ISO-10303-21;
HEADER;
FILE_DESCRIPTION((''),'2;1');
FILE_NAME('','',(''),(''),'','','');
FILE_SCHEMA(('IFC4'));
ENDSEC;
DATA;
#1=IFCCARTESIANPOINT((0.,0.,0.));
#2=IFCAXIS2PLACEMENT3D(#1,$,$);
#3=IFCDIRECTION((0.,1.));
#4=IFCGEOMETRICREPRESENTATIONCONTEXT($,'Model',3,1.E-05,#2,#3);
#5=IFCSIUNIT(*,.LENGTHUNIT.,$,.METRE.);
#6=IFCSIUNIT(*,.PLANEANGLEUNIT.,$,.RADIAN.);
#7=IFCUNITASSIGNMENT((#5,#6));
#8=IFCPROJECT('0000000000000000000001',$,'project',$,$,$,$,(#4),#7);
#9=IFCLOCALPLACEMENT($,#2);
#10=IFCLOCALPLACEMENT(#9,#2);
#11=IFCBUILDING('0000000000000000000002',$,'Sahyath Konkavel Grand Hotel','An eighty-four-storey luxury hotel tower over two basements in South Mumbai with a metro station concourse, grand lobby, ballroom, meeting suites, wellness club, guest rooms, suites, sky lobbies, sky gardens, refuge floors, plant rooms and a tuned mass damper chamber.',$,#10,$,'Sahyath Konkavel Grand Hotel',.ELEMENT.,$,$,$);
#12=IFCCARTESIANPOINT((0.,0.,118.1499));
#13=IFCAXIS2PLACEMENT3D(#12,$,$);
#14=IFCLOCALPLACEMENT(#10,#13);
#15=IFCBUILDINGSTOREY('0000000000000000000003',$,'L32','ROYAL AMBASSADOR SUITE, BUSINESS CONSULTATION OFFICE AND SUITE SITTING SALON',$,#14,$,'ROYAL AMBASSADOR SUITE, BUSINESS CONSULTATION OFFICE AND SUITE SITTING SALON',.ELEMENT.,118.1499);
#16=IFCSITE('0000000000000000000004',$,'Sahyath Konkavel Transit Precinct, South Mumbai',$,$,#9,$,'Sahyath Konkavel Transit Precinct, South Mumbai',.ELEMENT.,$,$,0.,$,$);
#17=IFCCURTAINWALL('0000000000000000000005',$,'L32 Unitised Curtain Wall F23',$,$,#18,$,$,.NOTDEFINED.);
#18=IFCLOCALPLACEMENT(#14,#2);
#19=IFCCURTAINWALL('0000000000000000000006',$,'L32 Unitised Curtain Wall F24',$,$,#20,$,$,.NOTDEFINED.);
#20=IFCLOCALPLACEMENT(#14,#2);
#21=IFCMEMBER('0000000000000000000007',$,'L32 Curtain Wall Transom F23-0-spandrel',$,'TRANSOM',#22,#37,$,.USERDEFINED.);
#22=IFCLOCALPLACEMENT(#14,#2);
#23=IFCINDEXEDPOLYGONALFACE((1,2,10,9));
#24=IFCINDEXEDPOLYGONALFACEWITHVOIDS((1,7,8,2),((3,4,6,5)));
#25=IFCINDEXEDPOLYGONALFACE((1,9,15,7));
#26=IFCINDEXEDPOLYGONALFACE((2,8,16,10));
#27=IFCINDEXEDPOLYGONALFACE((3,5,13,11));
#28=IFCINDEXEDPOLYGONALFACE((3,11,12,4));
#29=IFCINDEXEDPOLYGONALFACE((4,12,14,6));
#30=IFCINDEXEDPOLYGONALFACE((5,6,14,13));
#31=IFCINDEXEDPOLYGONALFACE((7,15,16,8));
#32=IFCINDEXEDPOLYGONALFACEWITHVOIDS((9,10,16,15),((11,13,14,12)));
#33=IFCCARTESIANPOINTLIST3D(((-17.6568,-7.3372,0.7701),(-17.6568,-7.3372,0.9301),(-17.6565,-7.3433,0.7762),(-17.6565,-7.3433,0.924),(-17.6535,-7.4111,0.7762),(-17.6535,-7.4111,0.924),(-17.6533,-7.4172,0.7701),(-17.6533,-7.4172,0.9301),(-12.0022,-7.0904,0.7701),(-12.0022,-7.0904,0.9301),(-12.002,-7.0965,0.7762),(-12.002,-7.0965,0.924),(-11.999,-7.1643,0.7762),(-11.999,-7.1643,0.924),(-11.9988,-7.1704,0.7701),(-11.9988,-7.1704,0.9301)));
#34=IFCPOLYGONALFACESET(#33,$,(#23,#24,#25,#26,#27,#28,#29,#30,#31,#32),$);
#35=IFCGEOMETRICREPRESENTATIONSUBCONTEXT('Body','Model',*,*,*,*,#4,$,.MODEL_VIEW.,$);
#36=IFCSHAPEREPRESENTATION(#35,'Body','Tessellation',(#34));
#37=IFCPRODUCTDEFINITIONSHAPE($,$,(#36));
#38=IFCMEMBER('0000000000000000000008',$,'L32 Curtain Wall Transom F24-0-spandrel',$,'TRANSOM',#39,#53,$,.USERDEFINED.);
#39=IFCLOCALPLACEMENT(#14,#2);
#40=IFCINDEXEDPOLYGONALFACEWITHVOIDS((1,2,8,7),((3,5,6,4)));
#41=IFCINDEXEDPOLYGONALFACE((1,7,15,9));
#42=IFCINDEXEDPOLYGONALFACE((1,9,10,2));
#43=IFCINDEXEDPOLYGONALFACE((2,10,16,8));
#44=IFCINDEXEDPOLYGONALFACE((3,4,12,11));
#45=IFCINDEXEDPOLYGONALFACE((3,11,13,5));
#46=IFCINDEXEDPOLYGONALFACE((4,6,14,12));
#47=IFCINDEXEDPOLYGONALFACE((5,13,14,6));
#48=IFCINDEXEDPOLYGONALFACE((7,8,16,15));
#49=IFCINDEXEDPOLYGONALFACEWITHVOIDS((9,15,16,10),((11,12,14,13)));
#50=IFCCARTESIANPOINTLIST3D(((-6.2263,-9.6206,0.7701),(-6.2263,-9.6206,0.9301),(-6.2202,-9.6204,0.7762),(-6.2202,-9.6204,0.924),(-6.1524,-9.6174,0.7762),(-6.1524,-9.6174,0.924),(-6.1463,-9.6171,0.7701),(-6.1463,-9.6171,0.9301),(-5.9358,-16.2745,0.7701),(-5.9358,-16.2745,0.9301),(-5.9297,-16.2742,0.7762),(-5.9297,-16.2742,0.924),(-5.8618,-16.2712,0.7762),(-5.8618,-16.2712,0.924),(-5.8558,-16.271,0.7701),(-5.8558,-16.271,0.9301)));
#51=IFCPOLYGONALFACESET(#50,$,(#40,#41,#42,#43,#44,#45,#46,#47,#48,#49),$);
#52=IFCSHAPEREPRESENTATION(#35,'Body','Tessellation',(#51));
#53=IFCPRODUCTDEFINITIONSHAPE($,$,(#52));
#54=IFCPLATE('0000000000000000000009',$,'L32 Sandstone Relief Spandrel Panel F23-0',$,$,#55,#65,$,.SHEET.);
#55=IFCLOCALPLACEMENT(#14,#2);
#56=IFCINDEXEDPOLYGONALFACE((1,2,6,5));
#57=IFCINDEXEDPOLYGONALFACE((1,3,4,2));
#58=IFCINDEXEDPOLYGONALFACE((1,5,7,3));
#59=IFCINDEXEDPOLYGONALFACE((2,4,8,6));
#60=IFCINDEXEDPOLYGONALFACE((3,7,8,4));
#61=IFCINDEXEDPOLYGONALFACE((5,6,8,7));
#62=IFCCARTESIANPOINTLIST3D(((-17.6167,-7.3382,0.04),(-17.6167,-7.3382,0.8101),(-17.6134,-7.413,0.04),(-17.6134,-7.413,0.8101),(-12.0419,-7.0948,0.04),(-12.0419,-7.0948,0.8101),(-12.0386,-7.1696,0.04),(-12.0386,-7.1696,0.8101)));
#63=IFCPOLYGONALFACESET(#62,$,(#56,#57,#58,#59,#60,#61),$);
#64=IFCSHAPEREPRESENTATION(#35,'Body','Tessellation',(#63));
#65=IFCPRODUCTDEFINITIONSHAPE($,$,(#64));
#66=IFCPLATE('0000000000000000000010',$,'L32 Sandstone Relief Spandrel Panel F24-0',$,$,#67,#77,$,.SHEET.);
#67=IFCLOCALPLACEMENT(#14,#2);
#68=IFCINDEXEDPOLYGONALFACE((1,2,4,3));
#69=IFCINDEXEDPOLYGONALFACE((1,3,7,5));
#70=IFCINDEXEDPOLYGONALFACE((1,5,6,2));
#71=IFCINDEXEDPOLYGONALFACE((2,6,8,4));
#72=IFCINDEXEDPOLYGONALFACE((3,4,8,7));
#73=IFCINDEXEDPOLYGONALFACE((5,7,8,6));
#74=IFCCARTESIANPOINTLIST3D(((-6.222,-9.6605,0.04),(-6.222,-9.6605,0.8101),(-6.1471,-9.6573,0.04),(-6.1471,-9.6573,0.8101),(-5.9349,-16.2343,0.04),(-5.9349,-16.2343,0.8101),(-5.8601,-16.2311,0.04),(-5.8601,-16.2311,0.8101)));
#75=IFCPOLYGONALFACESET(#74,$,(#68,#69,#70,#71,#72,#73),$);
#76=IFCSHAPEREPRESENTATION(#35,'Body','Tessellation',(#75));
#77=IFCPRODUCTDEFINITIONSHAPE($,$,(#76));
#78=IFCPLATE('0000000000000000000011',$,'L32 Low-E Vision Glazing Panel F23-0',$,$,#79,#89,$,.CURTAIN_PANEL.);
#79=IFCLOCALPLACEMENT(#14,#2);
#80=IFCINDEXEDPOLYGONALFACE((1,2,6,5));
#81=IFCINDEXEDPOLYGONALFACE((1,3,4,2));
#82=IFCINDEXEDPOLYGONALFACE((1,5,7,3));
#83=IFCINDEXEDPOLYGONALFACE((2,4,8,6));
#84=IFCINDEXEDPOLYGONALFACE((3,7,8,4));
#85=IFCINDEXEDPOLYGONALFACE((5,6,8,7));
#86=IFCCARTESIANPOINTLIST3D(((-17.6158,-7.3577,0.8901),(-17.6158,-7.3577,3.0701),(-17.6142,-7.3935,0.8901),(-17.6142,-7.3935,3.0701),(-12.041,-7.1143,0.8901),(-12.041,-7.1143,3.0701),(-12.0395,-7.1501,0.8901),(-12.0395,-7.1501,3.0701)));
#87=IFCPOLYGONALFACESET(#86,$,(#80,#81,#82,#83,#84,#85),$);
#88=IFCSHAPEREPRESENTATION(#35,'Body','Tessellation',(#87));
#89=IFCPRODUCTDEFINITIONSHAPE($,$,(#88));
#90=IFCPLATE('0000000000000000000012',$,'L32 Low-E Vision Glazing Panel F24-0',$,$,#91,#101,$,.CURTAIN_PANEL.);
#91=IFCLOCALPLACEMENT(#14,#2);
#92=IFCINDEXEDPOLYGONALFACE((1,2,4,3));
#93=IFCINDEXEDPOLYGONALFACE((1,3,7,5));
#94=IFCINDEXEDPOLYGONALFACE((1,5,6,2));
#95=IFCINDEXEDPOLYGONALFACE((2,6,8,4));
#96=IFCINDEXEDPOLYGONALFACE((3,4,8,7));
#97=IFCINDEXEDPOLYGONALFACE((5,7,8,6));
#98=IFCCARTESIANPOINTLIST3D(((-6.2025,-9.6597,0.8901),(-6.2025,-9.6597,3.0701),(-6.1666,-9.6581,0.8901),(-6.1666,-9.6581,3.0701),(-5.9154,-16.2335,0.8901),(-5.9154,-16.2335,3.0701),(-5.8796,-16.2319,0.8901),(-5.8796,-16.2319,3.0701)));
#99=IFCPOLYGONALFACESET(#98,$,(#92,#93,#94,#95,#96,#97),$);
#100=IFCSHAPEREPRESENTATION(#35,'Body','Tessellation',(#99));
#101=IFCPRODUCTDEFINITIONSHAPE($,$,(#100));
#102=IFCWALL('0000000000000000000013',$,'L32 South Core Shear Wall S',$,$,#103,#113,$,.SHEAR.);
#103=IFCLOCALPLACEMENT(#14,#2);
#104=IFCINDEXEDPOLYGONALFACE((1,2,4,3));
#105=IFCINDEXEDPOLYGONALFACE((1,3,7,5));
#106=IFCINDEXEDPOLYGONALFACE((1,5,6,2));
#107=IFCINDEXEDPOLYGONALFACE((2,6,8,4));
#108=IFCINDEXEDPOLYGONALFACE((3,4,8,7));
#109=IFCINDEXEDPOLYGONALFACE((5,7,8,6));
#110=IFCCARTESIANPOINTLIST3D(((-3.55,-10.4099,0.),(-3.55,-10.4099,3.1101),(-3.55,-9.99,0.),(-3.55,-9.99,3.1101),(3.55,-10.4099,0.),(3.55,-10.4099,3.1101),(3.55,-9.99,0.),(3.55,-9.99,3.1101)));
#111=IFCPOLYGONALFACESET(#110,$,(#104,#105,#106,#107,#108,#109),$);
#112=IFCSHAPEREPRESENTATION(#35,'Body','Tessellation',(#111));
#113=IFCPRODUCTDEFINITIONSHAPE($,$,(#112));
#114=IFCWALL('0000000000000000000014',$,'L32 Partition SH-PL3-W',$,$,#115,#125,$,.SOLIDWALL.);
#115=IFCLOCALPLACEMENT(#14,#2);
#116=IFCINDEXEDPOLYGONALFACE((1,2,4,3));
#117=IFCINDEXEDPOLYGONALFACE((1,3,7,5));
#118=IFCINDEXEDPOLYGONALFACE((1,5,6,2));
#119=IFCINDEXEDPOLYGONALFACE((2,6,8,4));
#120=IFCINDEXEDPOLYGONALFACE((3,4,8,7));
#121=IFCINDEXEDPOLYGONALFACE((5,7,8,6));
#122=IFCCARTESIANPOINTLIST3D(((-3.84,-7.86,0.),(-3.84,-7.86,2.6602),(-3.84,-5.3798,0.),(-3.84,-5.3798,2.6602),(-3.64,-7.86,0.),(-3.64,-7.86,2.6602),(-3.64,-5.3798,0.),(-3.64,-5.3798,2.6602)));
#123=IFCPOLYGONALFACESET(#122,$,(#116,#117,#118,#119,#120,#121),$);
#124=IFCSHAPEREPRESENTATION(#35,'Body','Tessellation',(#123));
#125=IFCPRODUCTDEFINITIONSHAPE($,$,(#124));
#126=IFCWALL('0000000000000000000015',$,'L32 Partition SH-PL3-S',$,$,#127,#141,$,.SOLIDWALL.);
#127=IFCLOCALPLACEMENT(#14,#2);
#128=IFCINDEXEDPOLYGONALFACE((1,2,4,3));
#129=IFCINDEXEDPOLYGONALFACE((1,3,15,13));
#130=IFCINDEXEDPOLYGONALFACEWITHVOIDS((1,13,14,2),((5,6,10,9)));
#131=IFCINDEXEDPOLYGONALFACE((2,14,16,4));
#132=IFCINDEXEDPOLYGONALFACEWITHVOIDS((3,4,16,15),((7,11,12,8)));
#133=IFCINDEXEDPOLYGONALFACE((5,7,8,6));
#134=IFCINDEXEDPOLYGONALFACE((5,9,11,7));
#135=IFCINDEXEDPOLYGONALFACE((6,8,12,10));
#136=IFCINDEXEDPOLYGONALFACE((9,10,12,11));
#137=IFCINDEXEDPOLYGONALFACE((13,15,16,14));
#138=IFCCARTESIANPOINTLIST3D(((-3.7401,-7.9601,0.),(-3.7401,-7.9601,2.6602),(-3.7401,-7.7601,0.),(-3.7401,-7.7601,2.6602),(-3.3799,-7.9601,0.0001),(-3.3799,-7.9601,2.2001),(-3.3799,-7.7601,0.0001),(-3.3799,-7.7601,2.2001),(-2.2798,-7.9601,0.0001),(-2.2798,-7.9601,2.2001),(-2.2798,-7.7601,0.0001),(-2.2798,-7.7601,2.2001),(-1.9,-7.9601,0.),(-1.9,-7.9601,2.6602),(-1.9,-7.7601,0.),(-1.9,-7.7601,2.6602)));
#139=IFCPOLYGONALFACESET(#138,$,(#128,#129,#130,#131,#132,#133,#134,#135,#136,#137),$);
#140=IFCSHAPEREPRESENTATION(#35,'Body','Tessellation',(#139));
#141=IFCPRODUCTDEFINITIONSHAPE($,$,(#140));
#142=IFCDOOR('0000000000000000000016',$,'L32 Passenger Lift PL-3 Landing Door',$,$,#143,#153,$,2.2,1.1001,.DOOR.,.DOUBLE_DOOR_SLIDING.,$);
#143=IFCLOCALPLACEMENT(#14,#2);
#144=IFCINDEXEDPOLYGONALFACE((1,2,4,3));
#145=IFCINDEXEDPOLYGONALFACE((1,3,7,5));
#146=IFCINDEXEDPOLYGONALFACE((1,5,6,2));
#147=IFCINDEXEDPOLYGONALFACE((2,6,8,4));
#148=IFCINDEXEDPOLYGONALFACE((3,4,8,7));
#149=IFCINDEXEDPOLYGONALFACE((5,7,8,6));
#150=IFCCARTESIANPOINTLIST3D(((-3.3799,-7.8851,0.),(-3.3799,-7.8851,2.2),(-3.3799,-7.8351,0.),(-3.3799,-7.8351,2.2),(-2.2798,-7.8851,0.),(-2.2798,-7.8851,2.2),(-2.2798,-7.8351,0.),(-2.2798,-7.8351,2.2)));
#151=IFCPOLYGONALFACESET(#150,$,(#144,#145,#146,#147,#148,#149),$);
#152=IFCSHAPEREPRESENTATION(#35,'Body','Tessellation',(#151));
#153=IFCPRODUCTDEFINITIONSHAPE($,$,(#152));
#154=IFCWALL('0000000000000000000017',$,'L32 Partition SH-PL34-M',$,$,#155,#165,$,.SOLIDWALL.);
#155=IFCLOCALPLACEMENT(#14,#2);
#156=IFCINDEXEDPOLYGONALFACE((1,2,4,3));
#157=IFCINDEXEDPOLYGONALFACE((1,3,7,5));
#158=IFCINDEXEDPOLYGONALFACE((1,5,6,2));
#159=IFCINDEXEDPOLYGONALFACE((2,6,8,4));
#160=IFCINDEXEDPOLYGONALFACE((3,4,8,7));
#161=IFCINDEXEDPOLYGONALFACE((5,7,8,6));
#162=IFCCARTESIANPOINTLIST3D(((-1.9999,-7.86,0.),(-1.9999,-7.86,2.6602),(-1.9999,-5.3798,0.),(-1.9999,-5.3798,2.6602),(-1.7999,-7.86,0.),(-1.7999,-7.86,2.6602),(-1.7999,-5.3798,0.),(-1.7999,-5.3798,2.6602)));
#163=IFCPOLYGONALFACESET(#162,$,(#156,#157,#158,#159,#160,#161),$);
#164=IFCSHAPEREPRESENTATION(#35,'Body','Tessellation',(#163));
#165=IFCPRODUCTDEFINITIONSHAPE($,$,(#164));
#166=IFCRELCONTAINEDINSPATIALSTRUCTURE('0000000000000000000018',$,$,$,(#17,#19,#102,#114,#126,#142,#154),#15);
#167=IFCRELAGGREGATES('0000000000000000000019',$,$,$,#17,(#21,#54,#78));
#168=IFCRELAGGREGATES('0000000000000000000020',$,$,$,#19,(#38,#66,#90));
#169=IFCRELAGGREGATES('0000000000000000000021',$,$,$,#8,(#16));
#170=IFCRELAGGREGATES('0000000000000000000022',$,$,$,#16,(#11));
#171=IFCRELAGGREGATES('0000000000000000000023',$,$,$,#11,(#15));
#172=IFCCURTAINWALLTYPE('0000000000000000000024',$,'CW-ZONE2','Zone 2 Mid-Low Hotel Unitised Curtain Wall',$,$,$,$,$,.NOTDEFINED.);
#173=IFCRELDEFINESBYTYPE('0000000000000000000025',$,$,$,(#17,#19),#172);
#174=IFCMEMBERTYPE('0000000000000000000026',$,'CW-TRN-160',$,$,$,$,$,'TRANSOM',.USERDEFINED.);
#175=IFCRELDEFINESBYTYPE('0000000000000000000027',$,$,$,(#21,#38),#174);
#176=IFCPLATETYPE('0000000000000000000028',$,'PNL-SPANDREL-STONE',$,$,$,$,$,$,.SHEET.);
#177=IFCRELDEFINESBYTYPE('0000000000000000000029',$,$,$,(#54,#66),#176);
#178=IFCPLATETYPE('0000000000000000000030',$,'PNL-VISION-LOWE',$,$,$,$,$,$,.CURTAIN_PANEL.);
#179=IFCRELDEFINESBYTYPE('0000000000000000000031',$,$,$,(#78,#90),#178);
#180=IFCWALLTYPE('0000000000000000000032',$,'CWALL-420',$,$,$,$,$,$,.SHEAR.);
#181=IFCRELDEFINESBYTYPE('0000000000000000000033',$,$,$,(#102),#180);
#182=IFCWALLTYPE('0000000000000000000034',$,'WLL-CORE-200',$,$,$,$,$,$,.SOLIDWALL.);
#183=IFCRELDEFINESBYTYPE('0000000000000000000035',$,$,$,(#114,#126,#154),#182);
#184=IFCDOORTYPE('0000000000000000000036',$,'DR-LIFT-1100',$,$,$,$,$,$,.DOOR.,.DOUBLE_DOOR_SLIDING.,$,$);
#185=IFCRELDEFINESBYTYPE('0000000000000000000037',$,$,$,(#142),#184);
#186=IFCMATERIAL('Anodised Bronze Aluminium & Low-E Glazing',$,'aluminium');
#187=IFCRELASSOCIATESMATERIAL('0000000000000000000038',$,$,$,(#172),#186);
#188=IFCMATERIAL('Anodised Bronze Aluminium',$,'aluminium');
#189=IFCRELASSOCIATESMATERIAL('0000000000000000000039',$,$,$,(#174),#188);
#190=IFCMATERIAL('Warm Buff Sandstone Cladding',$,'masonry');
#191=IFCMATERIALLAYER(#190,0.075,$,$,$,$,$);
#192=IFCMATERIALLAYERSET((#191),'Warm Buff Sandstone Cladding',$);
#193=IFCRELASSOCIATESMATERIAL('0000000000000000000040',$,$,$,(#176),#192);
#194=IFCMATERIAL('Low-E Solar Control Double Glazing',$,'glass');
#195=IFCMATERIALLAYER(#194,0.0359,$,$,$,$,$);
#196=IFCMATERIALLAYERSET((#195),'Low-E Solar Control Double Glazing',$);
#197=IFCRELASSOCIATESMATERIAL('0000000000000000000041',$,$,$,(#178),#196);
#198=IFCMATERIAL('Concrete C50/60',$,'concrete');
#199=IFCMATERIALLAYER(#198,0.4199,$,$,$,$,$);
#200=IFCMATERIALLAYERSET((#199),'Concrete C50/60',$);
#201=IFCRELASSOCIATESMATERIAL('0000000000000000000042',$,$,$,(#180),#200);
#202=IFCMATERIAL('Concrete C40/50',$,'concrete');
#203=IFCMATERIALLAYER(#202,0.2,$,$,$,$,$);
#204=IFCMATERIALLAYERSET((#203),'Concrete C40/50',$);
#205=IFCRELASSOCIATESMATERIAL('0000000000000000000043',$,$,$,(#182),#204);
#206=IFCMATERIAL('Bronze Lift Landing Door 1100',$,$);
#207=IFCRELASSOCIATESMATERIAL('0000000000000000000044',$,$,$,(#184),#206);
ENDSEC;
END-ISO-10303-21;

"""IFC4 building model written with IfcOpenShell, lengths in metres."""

from ifc_helpers import new_model, si_unit, direction, frame, frame_2d, origin, origin_2d, place, context, subcontext, project, spatial, rectangle, hollow_rectangle, extrude, source, transform, mapped, material, layer, layer_set, material_profile, profile_set, type_object, element, fill, aggregate, save


model = new_model("IFC4")

# Units and contexts
model_context = context("Model", 3, precision=1e-05, world=origin(), true_north=direction((0.0, 1.0)))
body_context = subcontext(model_context, "Body", "Model", "MODEL_VIEW")
ifc_project = project(units=[si_unit("LENGTHUNIT", "METRE"), si_unit("PLANEANGLEUNIT", "RADIAN")], contexts=[model_context])

# Site, building, storey
site_placement = place(None, origin())
site = spatial("IfcSite", under=ifc_project, at=site_placement, Name="Sahyath Konkavel Transit Precinct, South Mumbai", LongName="Sahyath Konkavel Transit Precinct, South Mumbai", CompositionType="ELEMENT", RefElevation=0.0)
building_placement = place(site_placement, origin())
building = spatial("IfcBuilding", under=site, at=building_placement, Name="Sahyath Konkavel Grand Hotel", Description="An eighty-four-storey luxury hotel tower over two basements in South Mumbai with a metro station concourse, grand lobby, ballroom, meeting suites, wellness club, guest rooms, suites, sky lobbies, sky gardens, refuge floors, plant rooms and a tuned mass damper chamber.", LongName="Sahyath Konkavel Grand Hotel", CompositionType="ELEMENT")
storey_placement = place(building_placement, frame((0.0, 0.0, 118.1499)))
storey = spatial("IfcBuildingStorey", under=building, at=storey_placement, Name="L32", Description="ROYAL AMBASSADOR SUITE, BUSINESS CONSULTATION OFFICE AND SUITE SITTING SALON", LongName="ROYAL AMBASSADOR SUITE, BUSINESS CONSULTATION OFFICE AND SUITE SITTING SALON", CompositionType="ELEMENT", Elevation=118.1499)

# Curtain wall
ifc_material_1 = material(Name="Anodised Bronze Aluminium & Low-E Glazing", Category="aluminium")
curtain_wall_type = type_object("IfcCurtainWallType", Name="CW-ZONE2", Description="Zone 2 Mid-Low Hotel Unitised Curtain Wall", PredefinedType="NOTDEFINED", material=ifc_material_1)
curtain_wall_1_placement = place(storey_placement, origin())
curtain_wall_1 = element("IfcCurtainWall", 1, at=curtain_wall_1_placement, inside=storey, type_object=curtain_wall_type, Name="L32 Unitised Curtain Wall F23", PredefinedType="NOTDEFINED")
ifc_material_2 = material(Name="Anodised Bronze Aluminium", Category="aluminium")

# Curtain wall
curtain_wall_2_placement = place(storey_placement, origin())
curtain_wall_2 = element("IfcCurtainWall", 2, at=curtain_wall_2_placement, inside=storey, type_object=curtain_wall_type, Name="L32 Unitised Curtain Wall F24", PredefinedType="NOTDEFINED")

# Members
ifc_material_profile_1 = material_profile(ifc_material_2, hollow_rectangle(XDim=0.0801, YDim=0.1599, WallThickness=0.0061, at=origin_2d()), Name="RHS 160x80x6")
ifc_profile_set_1 = profile_set([ifc_material_profile_1], Name="Anodised Bronze Aluminium")
member_type_1 = type_object("IfcMemberType", Name="CW-TRN-160", ElementType="TRANSOM", PredefinedType="USERDEFINED", material=ifc_profile_set_1)
shared_shape_1 = source(origin(), body_context, "Body", "SweptSolid", [
    extrude(hollow_rectangle(XDim=0.0801, YDim=0.1599, WallThickness=0.0061, at=origin_2d()), origin(), (0.0, 0.0, 1.0), 5.6599),
])
member_1_placement = place(storey_placement, frame((-17.655, -7.3772, 0.8501), z_axis=(0.999049, 0.043609, 0.0), x_axis=(-0.043609, 0.999049, 0.0)))
member_1 = element("IfcMember", 3, at=member_1_placement, type_object=member_type_1, Name="L32 Curtain Wall Transom F23-0-spandrel", ObjectType="TRANSOM", PredefinedType="USERDEFINED", context=body_context, shape_type="MappedRepresentation", body=[
    mapped(shared_shape_1, transform((0.0, 0.0, 0.0), scale=1.0)),
])
shared_shape_2 = source(origin(), body_context, "Body", "SweptSolid", [
    extrude(hollow_rectangle(XDim=0.0801, YDim=0.1599, WallThickness=0.0061, at=origin_2d()), origin(), (0.0, 0.0, 1.0), 6.6602),
])
member_2_placement = place(storey_placement, frame((-6.1863, -9.6189, 0.8501), z_axis=(0.043622, -0.999048, 0.0), x_axis=(0.999048, 0.043622, 0.0)))
member_2 = element("IfcMember", 4, at=member_2_placement, type_object=member_type_1, Name="L32 Curtain Wall Transom F24-0-spandrel", ObjectType="TRANSOM", PredefinedType="USERDEFINED", context=body_context, shape_type="MappedRepresentation", body=[
    mapped(shared_shape_2, transform((0.0, 0.0, 0.0), scale=1.0)),
])

# Plates
ifc_material_3 = material(Name="Warm Buff Sandstone Cladding", Category="masonry")
ifc_layer_1 = layer(ifc_material_3, 0.075)
ifc_layer_set_1 = layer_set([ifc_layer_1], Name="Warm Buff Sandstone Cladding")
plate_type_1 = type_object("IfcPlateType", Name="PNL-SPANDREL-STONE", PredefinedType="SHEET", material=ifc_layer_set_1)
shared_shape_3 = source(origin(), body_context, "Body", "SweptSolid", [
    extrude(rectangle(XDim=5.5801, YDim=0.075, at=origin_2d()), origin(), (0.0, 0.0, 1.0), 0.77),
])
plate_1_placement = place(storey_placement, frame((-14.8276, -7.2539, 0.04), z_axis=(0.0, 0.0, 1.0), x_axis=(0.999048, 0.043619, 0.0)))
plate_1 = element("IfcPlate", 5, at=plate_1_placement, type_object=plate_type_1, Name="L32 Sandstone Relief Spandrel Panel F23-0", PredefinedType="SHEET", context=body_context, shape_type="MappedRepresentation", body=[
    mapped(shared_shape_3, transform((0.0, 0.0, 0.0), scale=1.0)),
])
shared_shape_4 = source(origin(), body_context, "Body", "SweptSolid", [
    extrude(rectangle(XDim=6.5801, YDim=0.075, at=origin_2d()), origin(), (0.0, 0.0, 1.0), 0.77),
])
plate_2_placement = place(storey_placement, frame((-6.041, -12.9458, 0.04), z_axis=(0.0, 0.0, 1.0), x_axis=(0.043619, -0.999048, 0.0)))
plate_2 = element("IfcPlate", 6, at=plate_2_placement, type_object=plate_type_1, Name="L32 Sandstone Relief Spandrel Panel F24-0", PredefinedType="SHEET", context=body_context, shape_type="MappedRepresentation", body=[
    mapped(shared_shape_4, transform((0.0, 0.0, 0.0), scale=1.0)),
])
ifc_material_4 = material(Name="Low-E Solar Control Double Glazing", Category="glass")
ifc_layer_2 = layer(ifc_material_4, 0.0359)
ifc_layer_set_2 = layer_set([ifc_layer_2], Name="Low-E Solar Control Double Glazing")
plate_type_2 = type_object("IfcPlateType", Name="PNL-VISION-LOWE", PredefinedType="CURTAIN_PANEL", material=ifc_layer_set_2)
shared_shape_5 = source(origin(), body_context, "Body", "SweptSolid", [
    extrude(rectangle(XDim=5.5801, YDim=0.0359, at=origin_2d()), origin(), (0.0, 0.0, 1.0), 2.1799),
])
plate_3_placement = place(storey_placement, frame((-14.8276, -7.2539, 0.8901), z_axis=(0.0, 0.0, 1.0), x_axis=(0.999048, 0.043619, 0.0)))
plate_3 = element("IfcPlate", 7, at=plate_3_placement, type_object=plate_type_2, Name="L32 Low-E Vision Glazing Panel F23-0", PredefinedType="CURTAIN_PANEL", context=body_context, shape_type="MappedRepresentation", body=[
    mapped(shared_shape_5, transform((0.0, 0.0, 0.0), scale=1.0)),
])
aggregate(curtain_wall_1, [member_1, plate_1, plate_3])
shared_shape_6 = source(origin(), body_context, "Body", "SweptSolid", [
    extrude(rectangle(XDim=6.5801, YDim=0.0359, at=origin_2d()), origin(), (0.0, 0.0, 1.0), 2.1799),
])
plate_4_placement = place(storey_placement, frame((-6.041, -12.9458, 0.8901), z_axis=(0.0, 0.0, 1.0), x_axis=(0.043619, -0.999048, 0.0)))
plate_4 = element("IfcPlate", 8, at=plate_4_placement, type_object=plate_type_2, Name="L32 Low-E Vision Glazing Panel F24-0", PredefinedType="CURTAIN_PANEL", context=body_context, shape_type="MappedRepresentation", body=[
    mapped(shared_shape_6, transform((0.0, 0.0, 0.0), scale=1.0)),
])
aggregate(curtain_wall_2, [member_2, plate_2, plate_4])

# Walls
ifc_material_5 = material(Name="Concrete C50/60", Category="concrete")
ifc_layer_3 = layer(ifc_material_5, 0.4199)
ifc_layer_set_3 = layer_set([ifc_layer_3], Name="Concrete C50/60")
wall_type_1 = type_object("IfcWallType", Name="CWALL-420", PredefinedType="SHEAR", material=ifc_layer_set_3)
wall_1_placement = place(storey_placement, frame((-3.55, -10.2, 0.0), z_axis=(0.0, 0.0, 1.0), x_axis=(1.0, 0.0, 0.0)))
element("IfcWall", 9, at=wall_1_placement, inside=storey, type_object=wall_type_1, Name="L32 South Core Shear Wall S", PredefinedType="SHEAR", context=body_context, shape_type="SweptSolid", body=[
    extrude(rectangle(XDim=7.1001, YDim=0.4199, at=frame_2d((3.55, 0.0))), origin(), (0.0, 0.0, 1.0), 3.1101),
])
ifc_material_6 = material(Name="Concrete C40/50", Category="concrete")
ifc_layer_4 = layer(ifc_material_6, 0.2)
ifc_layer_set_4 = layer_set([ifc_layer_4], Name="Concrete C40/50")
wall_type_2 = type_object("IfcWallType", Name="WLL-CORE-200", PredefinedType="SOLIDWALL", material=ifc_layer_set_4)
wall_2_placement = place(storey_placement, frame((-3.74, -7.8601, 0.0), z_axis=(0.0, 0.0, 1.0), x_axis=(0.0, 1.0, 0.0)))
element("IfcWall", 10, at=wall_2_placement, inside=storey, type_object=wall_type_2, Name="L32 Partition SH-PL3-W", PredefinedType="SOLIDWALL", context=body_context, shape_type="SweptSolid", body=[
    extrude(rectangle(XDim=2.4802, YDim=0.2, at=frame_2d((1.2402, 0.0))), origin(), (0.0, 0.0, 1.0), 2.6602),
])

# Wall, opening, door
wall_3_placement = place(storey_placement, frame((-3.74, -7.8601, 0.0), z_axis=(0.0, 0.0, 1.0), x_axis=(1.0, 0.0, 0.0)))
wall_3 = element("IfcWall", 11, at=wall_3_placement, inside=storey, type_object=wall_type_2, Name="L32 Partition SH-PL3-S", PredefinedType="SOLIDWALL", context=body_context, shape_type="SweptSolid", body=[
    extrude(rectangle(XDim=1.8401, YDim=0.2, at=frame_2d((0.9199, 0.0))), origin(), (0.0, 0.0, 1.0), 2.6602),
])
opening_1_placement = place(wall_3_placement, frame((0.3601, 0.0, 0.0)))
opening_1 = element("IfcOpeningElement", 12, at=opening_1_placement, cuts=wall_3, PredefinedType="OPENING", context=body_context, shape_type="SweptSolid", body=[
    extrude(rectangle(XDim=1.1001, YDim=2.2, at=frame_2d((0.55, 1.1001))), frame((0.0, 0.1099, 0.0), z_axis=(0.0, -1.0, 0.0), x_axis=(1.0, 0.0, 0.0)), (0.0, 0.0, 1.0), 0.22),
])
ifc_material_7 = material(Name="Bronze Lift Landing Door 1100")
door_type_1 = type_object("IfcDoorType", Name="DR-LIFT-1100", OperationType="DOUBLE_DOOR_SLIDING", PredefinedType="DOOR", material=ifc_material_7)
shared_shape_7 = source(origin(), body_context, "Body", "SweptSolid", [
    extrude(rectangle(XDim=1.1001, YDim=0.05, at=origin_2d()), origin(), (0.0, 0.0, 1.0), 2.2),
])
door_1_placement = place(opening_1_placement, frame((0.55, 0.0, 0.0)))
door_1 = element("IfcDoor", 13, at=door_1_placement, inside=storey, type_object=door_type_1, Name="L32 Passenger Lift PL-3 Landing Door", OperationType="DOUBLE_DOOR_SLIDING", OverallHeight=2.2, OverallWidth=1.1001, PredefinedType="DOOR", context=body_context, shape_type="MappedRepresentation", body=[
    mapped(shared_shape_7, transform((0.0, 0.0, 0.0), scale=1.0)),
])
fill(opening_1, door_1)

# Wall
wall_4_placement = place(storey_placement, frame((-1.8999, -7.8601, 0.0), z_axis=(0.0, 0.0, 1.0), x_axis=(0.0, 1.0, 0.0)))
element("IfcWall", 14, at=wall_4_placement, inside=storey, type_object=wall_type_2, Name="L32 Partition SH-PL34-M", PredefinedType="SOLIDWALL", context=body_context, shape_type="SweptSolid", body=[
    extrude(rectangle(XDim=2.4802, YDim=0.2, at=frame_2d((1.2402, 0.0))), origin(), (0.0, 0.0, 1.0), 2.6602),
])

save(model, "model.ifc")
